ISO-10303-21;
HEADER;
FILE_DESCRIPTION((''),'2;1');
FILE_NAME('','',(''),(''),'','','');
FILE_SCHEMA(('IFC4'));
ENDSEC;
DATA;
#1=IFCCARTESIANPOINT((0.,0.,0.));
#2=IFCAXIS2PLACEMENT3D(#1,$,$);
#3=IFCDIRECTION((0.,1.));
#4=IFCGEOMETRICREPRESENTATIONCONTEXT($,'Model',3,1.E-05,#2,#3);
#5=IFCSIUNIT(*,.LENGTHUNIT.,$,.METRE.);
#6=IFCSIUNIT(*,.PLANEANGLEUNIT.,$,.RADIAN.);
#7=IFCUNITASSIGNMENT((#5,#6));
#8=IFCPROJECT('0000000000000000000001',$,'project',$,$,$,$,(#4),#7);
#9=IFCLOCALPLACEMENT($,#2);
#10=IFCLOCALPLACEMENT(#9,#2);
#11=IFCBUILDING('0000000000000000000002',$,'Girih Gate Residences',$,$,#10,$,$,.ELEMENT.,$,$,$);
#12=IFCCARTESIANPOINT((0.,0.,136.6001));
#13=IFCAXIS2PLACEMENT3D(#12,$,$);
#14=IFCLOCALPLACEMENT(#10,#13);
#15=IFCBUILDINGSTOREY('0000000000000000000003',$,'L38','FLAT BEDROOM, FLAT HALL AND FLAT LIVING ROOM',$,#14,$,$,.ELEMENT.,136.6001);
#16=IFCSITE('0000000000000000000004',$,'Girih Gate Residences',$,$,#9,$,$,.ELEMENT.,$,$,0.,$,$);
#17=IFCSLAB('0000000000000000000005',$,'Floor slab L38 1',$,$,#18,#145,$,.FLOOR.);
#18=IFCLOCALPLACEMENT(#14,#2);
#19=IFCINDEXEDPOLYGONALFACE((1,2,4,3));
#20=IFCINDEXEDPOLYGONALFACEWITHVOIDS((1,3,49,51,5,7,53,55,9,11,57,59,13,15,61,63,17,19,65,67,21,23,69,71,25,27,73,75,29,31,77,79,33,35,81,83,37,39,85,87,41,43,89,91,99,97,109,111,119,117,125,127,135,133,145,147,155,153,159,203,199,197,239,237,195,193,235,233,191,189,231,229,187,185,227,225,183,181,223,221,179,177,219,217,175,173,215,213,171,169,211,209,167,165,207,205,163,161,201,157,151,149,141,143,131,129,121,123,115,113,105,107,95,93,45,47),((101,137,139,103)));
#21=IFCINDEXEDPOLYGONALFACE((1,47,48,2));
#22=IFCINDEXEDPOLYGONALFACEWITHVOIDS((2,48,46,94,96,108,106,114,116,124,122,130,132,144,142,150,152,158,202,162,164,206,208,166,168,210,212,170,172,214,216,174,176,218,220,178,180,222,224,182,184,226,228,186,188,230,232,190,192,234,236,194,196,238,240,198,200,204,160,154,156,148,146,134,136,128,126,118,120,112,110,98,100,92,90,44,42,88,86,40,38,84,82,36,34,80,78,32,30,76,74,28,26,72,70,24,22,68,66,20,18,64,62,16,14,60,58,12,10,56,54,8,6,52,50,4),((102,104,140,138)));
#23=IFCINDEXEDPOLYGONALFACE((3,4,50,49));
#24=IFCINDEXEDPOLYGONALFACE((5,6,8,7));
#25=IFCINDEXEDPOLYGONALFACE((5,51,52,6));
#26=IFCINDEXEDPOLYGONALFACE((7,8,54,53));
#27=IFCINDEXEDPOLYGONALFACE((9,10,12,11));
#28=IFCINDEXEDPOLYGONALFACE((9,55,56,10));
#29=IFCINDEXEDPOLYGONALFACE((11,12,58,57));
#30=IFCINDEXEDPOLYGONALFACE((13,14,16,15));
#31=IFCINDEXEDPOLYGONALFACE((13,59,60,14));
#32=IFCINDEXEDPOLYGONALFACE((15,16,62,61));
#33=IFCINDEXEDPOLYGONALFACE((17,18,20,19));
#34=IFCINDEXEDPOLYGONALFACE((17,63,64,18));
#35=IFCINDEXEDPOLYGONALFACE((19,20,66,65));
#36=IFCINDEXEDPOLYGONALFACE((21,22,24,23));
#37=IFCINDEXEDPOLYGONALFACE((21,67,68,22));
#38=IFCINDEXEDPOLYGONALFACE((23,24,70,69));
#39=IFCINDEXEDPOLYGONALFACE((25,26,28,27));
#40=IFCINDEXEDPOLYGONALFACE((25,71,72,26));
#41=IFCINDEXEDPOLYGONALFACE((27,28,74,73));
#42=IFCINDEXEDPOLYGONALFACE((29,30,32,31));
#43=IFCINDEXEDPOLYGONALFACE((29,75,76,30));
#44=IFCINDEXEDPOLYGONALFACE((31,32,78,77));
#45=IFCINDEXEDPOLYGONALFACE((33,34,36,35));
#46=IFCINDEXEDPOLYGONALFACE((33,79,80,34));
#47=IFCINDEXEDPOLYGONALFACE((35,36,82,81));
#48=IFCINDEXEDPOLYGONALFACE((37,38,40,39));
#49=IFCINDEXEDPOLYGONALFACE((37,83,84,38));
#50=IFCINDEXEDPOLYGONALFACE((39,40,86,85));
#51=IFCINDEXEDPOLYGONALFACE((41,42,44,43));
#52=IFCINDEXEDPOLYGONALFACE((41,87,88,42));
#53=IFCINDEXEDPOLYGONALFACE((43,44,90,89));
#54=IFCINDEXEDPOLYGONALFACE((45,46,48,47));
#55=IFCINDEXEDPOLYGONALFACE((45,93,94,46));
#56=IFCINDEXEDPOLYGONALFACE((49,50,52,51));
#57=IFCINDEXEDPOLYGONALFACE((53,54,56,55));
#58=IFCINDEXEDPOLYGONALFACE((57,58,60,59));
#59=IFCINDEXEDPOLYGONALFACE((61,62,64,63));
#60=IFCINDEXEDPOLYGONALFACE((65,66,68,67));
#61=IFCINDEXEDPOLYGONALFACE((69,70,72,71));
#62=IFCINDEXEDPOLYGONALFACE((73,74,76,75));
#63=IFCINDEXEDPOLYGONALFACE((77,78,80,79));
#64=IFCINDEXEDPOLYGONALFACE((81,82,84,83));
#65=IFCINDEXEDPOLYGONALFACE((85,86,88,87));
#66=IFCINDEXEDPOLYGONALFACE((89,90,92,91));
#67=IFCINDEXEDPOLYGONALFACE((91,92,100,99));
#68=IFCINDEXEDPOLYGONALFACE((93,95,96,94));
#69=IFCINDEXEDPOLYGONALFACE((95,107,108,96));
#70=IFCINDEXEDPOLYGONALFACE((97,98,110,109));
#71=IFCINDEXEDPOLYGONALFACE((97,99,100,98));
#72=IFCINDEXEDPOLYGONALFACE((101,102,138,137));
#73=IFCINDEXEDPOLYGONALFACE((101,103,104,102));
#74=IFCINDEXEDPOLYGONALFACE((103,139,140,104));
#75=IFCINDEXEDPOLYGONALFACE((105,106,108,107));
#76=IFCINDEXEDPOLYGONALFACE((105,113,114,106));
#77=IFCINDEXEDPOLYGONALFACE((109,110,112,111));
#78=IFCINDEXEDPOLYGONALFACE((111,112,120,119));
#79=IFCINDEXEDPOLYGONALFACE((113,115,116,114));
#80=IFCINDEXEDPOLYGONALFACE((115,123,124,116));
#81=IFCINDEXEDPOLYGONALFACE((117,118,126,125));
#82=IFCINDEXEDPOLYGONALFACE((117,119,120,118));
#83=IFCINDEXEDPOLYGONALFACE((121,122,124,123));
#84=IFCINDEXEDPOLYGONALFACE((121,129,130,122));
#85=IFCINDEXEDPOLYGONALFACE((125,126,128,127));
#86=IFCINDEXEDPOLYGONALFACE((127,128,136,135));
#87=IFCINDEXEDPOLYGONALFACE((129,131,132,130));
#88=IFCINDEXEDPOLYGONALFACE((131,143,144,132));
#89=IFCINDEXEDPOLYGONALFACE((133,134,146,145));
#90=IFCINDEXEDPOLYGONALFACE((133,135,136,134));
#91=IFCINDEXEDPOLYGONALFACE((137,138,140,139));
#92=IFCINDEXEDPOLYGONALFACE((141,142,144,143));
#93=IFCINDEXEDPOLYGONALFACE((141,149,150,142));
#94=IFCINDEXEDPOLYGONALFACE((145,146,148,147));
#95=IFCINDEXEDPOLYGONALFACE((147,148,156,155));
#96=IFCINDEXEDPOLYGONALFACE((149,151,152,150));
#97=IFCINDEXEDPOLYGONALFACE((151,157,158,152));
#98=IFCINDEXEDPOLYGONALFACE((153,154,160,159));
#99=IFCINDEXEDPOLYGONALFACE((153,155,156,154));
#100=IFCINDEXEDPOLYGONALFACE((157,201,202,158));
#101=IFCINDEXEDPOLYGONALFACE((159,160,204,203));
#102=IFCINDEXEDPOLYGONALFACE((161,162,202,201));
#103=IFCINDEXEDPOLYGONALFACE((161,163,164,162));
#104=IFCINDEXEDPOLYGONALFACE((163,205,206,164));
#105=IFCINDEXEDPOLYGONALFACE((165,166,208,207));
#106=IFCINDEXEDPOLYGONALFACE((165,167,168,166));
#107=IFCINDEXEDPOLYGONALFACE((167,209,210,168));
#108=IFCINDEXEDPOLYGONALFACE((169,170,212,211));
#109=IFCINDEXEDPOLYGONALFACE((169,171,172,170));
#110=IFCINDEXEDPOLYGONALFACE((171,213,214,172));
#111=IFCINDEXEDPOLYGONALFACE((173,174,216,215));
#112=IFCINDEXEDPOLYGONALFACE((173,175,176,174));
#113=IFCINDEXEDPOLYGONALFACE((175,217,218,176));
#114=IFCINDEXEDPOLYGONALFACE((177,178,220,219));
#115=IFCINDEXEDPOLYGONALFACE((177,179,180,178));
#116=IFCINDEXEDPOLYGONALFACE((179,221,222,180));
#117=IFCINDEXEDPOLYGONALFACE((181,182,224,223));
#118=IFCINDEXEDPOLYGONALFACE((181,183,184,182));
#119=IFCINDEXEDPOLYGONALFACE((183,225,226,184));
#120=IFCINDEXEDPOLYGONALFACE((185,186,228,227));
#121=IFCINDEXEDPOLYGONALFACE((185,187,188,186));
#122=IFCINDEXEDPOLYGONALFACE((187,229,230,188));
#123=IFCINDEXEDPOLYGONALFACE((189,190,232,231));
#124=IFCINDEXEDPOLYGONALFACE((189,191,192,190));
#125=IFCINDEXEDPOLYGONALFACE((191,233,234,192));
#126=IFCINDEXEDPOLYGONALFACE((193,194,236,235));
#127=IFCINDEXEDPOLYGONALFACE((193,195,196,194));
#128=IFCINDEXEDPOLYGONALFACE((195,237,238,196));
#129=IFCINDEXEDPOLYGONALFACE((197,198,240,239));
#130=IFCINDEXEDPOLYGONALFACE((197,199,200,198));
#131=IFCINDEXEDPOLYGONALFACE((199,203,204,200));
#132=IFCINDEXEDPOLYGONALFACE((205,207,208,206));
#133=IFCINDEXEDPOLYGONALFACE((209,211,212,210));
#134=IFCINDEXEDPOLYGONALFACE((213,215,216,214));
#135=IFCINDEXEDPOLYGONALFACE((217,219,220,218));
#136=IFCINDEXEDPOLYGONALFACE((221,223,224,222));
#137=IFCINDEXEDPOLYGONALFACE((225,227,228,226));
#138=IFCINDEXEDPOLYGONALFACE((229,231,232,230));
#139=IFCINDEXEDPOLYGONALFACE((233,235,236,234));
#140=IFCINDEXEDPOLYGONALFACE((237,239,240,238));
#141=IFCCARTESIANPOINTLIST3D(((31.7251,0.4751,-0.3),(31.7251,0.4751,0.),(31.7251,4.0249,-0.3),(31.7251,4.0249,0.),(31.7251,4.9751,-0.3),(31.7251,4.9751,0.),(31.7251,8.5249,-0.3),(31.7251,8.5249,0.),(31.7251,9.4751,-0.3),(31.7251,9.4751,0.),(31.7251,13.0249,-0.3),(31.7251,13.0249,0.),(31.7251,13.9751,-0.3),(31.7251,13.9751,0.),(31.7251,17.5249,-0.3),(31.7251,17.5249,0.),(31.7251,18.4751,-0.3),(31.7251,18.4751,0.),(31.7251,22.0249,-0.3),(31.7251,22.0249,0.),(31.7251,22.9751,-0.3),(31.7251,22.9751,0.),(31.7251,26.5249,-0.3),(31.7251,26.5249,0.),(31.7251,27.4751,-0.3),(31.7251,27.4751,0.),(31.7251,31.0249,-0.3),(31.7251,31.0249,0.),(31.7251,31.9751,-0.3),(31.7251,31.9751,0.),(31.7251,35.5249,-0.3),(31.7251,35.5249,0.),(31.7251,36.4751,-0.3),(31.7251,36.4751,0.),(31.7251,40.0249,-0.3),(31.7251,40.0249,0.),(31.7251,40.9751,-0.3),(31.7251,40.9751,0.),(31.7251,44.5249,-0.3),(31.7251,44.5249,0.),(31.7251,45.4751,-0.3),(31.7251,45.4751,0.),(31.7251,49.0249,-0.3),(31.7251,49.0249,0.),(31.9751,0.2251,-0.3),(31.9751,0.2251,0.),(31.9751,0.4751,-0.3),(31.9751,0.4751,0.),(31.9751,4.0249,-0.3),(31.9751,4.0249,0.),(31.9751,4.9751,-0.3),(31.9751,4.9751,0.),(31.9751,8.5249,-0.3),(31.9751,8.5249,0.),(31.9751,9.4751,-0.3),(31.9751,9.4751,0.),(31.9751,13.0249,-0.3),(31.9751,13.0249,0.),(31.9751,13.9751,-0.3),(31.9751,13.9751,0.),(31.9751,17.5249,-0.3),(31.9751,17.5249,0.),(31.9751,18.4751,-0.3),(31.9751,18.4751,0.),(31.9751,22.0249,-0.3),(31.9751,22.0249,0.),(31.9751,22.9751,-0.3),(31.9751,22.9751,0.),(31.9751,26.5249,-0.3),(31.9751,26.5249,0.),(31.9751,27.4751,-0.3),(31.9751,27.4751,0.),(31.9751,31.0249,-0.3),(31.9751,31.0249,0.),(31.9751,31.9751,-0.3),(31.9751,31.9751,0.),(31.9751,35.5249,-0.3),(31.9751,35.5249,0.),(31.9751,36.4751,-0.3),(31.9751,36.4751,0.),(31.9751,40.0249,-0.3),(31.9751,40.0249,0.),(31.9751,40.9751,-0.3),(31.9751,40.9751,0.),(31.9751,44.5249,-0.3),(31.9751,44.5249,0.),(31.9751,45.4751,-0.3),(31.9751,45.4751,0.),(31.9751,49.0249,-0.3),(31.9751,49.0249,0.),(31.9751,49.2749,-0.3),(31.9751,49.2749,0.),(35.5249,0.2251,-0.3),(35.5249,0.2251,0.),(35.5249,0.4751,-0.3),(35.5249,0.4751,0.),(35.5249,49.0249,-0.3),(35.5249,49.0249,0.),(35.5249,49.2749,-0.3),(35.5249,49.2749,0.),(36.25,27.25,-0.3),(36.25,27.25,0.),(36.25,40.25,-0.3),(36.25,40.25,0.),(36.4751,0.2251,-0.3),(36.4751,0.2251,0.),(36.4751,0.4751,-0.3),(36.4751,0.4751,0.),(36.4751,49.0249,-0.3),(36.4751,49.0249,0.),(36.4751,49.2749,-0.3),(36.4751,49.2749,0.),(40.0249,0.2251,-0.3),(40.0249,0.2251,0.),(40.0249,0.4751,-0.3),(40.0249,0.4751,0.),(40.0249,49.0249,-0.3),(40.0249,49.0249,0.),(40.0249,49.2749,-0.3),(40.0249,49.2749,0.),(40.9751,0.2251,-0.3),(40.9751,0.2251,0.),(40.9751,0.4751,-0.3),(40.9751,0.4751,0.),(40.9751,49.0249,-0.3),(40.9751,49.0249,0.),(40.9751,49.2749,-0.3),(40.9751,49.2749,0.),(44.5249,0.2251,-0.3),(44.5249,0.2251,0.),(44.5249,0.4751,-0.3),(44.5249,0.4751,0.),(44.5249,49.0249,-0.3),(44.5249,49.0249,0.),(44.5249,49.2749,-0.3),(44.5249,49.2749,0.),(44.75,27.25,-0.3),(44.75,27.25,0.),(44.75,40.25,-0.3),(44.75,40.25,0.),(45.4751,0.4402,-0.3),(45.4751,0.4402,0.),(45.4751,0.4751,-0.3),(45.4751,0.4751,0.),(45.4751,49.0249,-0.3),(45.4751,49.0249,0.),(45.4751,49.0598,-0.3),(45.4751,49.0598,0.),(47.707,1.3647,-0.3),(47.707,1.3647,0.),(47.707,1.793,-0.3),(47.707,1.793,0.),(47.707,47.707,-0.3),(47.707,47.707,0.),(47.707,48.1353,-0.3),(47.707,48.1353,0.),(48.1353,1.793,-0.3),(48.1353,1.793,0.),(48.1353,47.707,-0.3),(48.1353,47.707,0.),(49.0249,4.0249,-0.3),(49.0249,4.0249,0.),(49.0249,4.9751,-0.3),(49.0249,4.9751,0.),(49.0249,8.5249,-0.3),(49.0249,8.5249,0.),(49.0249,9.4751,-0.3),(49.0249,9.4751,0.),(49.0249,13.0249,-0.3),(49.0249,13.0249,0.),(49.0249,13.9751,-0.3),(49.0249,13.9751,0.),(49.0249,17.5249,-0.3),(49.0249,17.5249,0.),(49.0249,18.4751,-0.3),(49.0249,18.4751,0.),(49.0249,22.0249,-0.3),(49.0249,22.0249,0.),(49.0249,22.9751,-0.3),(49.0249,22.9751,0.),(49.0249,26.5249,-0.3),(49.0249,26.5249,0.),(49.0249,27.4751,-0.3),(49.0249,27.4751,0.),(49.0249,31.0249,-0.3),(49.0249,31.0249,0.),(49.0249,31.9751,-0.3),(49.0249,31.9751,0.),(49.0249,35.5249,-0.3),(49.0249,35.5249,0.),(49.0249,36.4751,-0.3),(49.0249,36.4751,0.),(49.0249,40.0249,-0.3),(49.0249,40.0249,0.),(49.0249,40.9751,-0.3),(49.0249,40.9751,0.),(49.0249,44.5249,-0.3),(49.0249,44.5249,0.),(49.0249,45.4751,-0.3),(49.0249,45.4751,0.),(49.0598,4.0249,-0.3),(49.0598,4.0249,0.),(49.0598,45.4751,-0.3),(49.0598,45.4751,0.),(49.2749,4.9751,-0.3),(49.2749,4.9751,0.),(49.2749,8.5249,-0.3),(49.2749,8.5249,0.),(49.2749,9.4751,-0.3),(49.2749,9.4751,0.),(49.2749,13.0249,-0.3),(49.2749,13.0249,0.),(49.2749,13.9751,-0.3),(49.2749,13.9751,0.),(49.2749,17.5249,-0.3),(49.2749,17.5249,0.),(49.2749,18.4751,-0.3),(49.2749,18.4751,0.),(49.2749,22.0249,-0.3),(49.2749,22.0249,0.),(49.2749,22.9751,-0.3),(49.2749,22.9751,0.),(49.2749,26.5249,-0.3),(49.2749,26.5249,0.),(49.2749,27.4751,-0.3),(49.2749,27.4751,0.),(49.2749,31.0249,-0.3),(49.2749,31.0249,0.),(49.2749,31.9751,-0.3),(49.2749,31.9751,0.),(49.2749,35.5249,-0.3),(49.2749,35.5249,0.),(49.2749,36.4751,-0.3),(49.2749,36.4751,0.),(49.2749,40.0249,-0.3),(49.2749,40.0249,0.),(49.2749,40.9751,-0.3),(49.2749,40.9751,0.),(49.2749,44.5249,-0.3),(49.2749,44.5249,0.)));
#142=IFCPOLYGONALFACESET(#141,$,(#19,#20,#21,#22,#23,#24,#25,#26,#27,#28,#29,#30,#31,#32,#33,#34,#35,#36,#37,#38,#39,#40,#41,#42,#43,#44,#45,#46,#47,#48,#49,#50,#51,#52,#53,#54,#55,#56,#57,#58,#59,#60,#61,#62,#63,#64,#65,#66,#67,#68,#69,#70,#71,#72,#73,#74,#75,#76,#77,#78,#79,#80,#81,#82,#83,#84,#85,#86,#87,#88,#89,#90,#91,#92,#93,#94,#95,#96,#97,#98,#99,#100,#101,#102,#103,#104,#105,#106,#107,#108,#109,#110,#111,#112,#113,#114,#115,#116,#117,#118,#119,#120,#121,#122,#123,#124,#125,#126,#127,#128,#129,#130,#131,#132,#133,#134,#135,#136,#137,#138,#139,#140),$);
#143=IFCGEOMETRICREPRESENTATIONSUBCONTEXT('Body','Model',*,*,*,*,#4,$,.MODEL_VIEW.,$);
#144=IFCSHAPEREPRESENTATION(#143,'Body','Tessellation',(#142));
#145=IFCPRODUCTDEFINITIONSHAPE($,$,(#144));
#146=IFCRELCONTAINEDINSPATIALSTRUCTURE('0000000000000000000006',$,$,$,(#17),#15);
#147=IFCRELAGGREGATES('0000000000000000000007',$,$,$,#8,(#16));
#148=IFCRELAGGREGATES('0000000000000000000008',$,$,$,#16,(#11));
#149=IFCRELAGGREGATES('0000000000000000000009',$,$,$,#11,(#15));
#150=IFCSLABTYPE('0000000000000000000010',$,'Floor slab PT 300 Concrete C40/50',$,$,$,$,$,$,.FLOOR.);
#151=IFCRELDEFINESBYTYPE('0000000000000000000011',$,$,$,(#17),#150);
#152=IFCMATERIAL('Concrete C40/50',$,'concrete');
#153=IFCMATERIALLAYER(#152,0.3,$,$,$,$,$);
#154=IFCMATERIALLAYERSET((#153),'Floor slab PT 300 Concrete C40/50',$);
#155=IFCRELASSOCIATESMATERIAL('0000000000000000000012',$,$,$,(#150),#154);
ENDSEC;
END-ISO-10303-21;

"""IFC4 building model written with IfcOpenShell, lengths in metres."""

from ifc_helpers import new_model, si_unit, direction, frame, origin, place, context, subcontext, project, spatial, polyline, outline, extrude, material, layer, layer_set, type_object, element, save


model = new_model("IFC4")

# Units and contexts
model_context = context("Model", 3, precision=1e-05, world=origin(), true_north=direction((0.0, 1.0)))
body_context = subcontext(model_context, "Body", "Model", "MODEL_VIEW")
ifc_project = project(units=[si_unit("LENGTHUNIT", "METRE"), si_unit("PLANEANGLEUNIT", "RADIAN")], contexts=[model_context])

# Site, building, storey
site_placement = place(None, origin())
site = spatial("IfcSite", under=ifc_project, at=site_placement, Name="Girih Gate Residences", CompositionType="ELEMENT", RefElevation=0.0)
building_placement = place(site_placement, origin())
building = spatial("IfcBuilding", under=site, at=building_placement, Name="Girih Gate Residences", CompositionType="ELEMENT")
storey_placement = place(building_placement, frame((0.0, 0.0, 136.6001)))
storey = spatial("IfcBuildingStorey", under=building, at=storey_placement, Name="L38", Description="FLAT BEDROOM, FLAT HALL AND FLAT LIVING ROOM", CompositionType="ELEMENT", Elevation=136.6001)

# Slab
ifc_material_1 = material(Name="Concrete C40/50", Category="concrete")
ifc_layer_1 = layer(ifc_material_1, 0.3)
ifc_layer_set_1 = layer_set([ifc_layer_1], Name="Floor slab PT 300 Concrete C40/50")
slab_type_1 = type_object("IfcSlabType", Name="Floor slab PT 300 Concrete C40/50", PredefinedType="FLOOR", material=ifc_layer_set_1)
slab_1_placement = place(storey_placement, frame((0.0, 0.0, -0.3)))
element("IfcSlab", 1, at=slab_1_placement, inside=storey, type_object=slab_type_1, Name="Floor slab L38 1", PredefinedType="FLOOR", context=body_context, shape_type="SweptSolid", body=[
    extrude(outline(polyline([(35.5249, 49.2749), (31.9751, 49.2749), (31.9751, 49.0249), (31.7251, 49.0249), (31.7251, 45.4751), (31.9751, 45.4751), (31.9751, 44.5249), (31.7251, 44.5249), (31.7251, 40.9751), (31.9751, 40.9751), (31.9751, 40.0249), (31.7251, 40.0249), (31.7251, 36.4751), (31.9751, 36.4751), (31.9751, 35.5249), (31.7251, 35.5249), (31.7251, 31.9751), (31.9751, 31.9751), (31.9751, 31.0249), (31.7251, 31.0249), (31.7251, 27.4751), (31.9751, 27.4751), (31.9751, 26.5249), (31.7251, 26.5249), (31.7251, 22.9751), (31.9751, 22.9751), (31.9751, 22.0249), (31.7251, 22.0249), (31.7251, 18.4751), (31.9751, 18.4751), (31.9751, 17.5249), (31.7251, 17.5249), (31.7251, 13.9751), (31.9751, 13.9751), (31.9751, 13.0249), (31.7251, 13.0249), (31.7251, 9.4751), (31.9751, 9.4751), (31.9751, 8.5249), (31.7251, 8.5249), (31.7251, 4.9751), (31.9751, 4.9751), (31.9751, 4.0249), (31.7251, 4.0249), (31.7251, 0.4751), (31.9751, 0.4751), (31.9751, 0.2251), (35.5249, 0.2251), (35.5249, 0.4751), (36.4751, 0.4751), (36.4751, 0.2251), (40.0249, 0.2251), (40.0249, 0.4751), (40.9751, 0.4751), (40.9751, 0.2251), (44.5249, 0.2251), (44.5249, 0.4751), (45.4751, 0.4751), (45.4751, 0.4402), (47.707, 1.3647), (47.707, 1.793), (48.1353, 1.793), (49.0598, 4.0249), (49.0249, 4.0249), (49.0249, 4.9751), (49.2749, 4.9751), (49.2749, 8.5249), (49.0249, 8.5249), (49.0249, 9.4751), (49.2749, 9.4751), (49.2749, 13.0249), (49.0249, 13.0249), (49.0249, 13.9751), (49.2749, 13.9751), (49.2749, 17.5249), (49.0249, 17.5249), (49.0249, 18.4751), (49.2749, 18.4751), (49.2749, 22.0249), (49.0249, 22.0249), (49.0249, 22.9751), (49.2749, 22.9751), (49.2749, 26.5249), (49.0249, 26.5249), (49.0249, 27.4751), (49.2749, 27.4751), (49.2749, 31.0249), (49.0249, 31.0249), (49.0249, 31.9751), (49.2749, 31.9751), (49.2749, 35.5249), (49.0249, 35.5249), (49.0249, 36.4751), (49.2749, 36.4751), (49.2749, 40.0249), (49.0249, 40.0249), (49.0249, 40.9751), (49.2749, 40.9751), (49.2749, 44.5249), (49.0249, 44.5249), (49.0249, 45.4751), (49.0598, 45.4751), (48.1353, 47.707), (47.707, 47.707), (47.707, 48.1353), (45.4751, 49.0598), (45.4751, 49.0249), (44.5249, 49.0249), (44.5249, 49.2749), (40.9751, 49.2749), (40.9751, 49.0249), (40.0249, 49.0249), (40.0249, 49.2749), (36.4751, 49.2749), (36.4751, 49.0249), (35.5249, 49.0249), (35.5249, 49.2749)]), holes=[polyline([(44.75, 40.25), (44.75, 27.25), (36.25, 27.25), (36.25, 40.25), (44.75, 40.25)])]), origin(), (0.0, 0.0, 1.0), 0.3),
])

save(model, "model.ifc")
